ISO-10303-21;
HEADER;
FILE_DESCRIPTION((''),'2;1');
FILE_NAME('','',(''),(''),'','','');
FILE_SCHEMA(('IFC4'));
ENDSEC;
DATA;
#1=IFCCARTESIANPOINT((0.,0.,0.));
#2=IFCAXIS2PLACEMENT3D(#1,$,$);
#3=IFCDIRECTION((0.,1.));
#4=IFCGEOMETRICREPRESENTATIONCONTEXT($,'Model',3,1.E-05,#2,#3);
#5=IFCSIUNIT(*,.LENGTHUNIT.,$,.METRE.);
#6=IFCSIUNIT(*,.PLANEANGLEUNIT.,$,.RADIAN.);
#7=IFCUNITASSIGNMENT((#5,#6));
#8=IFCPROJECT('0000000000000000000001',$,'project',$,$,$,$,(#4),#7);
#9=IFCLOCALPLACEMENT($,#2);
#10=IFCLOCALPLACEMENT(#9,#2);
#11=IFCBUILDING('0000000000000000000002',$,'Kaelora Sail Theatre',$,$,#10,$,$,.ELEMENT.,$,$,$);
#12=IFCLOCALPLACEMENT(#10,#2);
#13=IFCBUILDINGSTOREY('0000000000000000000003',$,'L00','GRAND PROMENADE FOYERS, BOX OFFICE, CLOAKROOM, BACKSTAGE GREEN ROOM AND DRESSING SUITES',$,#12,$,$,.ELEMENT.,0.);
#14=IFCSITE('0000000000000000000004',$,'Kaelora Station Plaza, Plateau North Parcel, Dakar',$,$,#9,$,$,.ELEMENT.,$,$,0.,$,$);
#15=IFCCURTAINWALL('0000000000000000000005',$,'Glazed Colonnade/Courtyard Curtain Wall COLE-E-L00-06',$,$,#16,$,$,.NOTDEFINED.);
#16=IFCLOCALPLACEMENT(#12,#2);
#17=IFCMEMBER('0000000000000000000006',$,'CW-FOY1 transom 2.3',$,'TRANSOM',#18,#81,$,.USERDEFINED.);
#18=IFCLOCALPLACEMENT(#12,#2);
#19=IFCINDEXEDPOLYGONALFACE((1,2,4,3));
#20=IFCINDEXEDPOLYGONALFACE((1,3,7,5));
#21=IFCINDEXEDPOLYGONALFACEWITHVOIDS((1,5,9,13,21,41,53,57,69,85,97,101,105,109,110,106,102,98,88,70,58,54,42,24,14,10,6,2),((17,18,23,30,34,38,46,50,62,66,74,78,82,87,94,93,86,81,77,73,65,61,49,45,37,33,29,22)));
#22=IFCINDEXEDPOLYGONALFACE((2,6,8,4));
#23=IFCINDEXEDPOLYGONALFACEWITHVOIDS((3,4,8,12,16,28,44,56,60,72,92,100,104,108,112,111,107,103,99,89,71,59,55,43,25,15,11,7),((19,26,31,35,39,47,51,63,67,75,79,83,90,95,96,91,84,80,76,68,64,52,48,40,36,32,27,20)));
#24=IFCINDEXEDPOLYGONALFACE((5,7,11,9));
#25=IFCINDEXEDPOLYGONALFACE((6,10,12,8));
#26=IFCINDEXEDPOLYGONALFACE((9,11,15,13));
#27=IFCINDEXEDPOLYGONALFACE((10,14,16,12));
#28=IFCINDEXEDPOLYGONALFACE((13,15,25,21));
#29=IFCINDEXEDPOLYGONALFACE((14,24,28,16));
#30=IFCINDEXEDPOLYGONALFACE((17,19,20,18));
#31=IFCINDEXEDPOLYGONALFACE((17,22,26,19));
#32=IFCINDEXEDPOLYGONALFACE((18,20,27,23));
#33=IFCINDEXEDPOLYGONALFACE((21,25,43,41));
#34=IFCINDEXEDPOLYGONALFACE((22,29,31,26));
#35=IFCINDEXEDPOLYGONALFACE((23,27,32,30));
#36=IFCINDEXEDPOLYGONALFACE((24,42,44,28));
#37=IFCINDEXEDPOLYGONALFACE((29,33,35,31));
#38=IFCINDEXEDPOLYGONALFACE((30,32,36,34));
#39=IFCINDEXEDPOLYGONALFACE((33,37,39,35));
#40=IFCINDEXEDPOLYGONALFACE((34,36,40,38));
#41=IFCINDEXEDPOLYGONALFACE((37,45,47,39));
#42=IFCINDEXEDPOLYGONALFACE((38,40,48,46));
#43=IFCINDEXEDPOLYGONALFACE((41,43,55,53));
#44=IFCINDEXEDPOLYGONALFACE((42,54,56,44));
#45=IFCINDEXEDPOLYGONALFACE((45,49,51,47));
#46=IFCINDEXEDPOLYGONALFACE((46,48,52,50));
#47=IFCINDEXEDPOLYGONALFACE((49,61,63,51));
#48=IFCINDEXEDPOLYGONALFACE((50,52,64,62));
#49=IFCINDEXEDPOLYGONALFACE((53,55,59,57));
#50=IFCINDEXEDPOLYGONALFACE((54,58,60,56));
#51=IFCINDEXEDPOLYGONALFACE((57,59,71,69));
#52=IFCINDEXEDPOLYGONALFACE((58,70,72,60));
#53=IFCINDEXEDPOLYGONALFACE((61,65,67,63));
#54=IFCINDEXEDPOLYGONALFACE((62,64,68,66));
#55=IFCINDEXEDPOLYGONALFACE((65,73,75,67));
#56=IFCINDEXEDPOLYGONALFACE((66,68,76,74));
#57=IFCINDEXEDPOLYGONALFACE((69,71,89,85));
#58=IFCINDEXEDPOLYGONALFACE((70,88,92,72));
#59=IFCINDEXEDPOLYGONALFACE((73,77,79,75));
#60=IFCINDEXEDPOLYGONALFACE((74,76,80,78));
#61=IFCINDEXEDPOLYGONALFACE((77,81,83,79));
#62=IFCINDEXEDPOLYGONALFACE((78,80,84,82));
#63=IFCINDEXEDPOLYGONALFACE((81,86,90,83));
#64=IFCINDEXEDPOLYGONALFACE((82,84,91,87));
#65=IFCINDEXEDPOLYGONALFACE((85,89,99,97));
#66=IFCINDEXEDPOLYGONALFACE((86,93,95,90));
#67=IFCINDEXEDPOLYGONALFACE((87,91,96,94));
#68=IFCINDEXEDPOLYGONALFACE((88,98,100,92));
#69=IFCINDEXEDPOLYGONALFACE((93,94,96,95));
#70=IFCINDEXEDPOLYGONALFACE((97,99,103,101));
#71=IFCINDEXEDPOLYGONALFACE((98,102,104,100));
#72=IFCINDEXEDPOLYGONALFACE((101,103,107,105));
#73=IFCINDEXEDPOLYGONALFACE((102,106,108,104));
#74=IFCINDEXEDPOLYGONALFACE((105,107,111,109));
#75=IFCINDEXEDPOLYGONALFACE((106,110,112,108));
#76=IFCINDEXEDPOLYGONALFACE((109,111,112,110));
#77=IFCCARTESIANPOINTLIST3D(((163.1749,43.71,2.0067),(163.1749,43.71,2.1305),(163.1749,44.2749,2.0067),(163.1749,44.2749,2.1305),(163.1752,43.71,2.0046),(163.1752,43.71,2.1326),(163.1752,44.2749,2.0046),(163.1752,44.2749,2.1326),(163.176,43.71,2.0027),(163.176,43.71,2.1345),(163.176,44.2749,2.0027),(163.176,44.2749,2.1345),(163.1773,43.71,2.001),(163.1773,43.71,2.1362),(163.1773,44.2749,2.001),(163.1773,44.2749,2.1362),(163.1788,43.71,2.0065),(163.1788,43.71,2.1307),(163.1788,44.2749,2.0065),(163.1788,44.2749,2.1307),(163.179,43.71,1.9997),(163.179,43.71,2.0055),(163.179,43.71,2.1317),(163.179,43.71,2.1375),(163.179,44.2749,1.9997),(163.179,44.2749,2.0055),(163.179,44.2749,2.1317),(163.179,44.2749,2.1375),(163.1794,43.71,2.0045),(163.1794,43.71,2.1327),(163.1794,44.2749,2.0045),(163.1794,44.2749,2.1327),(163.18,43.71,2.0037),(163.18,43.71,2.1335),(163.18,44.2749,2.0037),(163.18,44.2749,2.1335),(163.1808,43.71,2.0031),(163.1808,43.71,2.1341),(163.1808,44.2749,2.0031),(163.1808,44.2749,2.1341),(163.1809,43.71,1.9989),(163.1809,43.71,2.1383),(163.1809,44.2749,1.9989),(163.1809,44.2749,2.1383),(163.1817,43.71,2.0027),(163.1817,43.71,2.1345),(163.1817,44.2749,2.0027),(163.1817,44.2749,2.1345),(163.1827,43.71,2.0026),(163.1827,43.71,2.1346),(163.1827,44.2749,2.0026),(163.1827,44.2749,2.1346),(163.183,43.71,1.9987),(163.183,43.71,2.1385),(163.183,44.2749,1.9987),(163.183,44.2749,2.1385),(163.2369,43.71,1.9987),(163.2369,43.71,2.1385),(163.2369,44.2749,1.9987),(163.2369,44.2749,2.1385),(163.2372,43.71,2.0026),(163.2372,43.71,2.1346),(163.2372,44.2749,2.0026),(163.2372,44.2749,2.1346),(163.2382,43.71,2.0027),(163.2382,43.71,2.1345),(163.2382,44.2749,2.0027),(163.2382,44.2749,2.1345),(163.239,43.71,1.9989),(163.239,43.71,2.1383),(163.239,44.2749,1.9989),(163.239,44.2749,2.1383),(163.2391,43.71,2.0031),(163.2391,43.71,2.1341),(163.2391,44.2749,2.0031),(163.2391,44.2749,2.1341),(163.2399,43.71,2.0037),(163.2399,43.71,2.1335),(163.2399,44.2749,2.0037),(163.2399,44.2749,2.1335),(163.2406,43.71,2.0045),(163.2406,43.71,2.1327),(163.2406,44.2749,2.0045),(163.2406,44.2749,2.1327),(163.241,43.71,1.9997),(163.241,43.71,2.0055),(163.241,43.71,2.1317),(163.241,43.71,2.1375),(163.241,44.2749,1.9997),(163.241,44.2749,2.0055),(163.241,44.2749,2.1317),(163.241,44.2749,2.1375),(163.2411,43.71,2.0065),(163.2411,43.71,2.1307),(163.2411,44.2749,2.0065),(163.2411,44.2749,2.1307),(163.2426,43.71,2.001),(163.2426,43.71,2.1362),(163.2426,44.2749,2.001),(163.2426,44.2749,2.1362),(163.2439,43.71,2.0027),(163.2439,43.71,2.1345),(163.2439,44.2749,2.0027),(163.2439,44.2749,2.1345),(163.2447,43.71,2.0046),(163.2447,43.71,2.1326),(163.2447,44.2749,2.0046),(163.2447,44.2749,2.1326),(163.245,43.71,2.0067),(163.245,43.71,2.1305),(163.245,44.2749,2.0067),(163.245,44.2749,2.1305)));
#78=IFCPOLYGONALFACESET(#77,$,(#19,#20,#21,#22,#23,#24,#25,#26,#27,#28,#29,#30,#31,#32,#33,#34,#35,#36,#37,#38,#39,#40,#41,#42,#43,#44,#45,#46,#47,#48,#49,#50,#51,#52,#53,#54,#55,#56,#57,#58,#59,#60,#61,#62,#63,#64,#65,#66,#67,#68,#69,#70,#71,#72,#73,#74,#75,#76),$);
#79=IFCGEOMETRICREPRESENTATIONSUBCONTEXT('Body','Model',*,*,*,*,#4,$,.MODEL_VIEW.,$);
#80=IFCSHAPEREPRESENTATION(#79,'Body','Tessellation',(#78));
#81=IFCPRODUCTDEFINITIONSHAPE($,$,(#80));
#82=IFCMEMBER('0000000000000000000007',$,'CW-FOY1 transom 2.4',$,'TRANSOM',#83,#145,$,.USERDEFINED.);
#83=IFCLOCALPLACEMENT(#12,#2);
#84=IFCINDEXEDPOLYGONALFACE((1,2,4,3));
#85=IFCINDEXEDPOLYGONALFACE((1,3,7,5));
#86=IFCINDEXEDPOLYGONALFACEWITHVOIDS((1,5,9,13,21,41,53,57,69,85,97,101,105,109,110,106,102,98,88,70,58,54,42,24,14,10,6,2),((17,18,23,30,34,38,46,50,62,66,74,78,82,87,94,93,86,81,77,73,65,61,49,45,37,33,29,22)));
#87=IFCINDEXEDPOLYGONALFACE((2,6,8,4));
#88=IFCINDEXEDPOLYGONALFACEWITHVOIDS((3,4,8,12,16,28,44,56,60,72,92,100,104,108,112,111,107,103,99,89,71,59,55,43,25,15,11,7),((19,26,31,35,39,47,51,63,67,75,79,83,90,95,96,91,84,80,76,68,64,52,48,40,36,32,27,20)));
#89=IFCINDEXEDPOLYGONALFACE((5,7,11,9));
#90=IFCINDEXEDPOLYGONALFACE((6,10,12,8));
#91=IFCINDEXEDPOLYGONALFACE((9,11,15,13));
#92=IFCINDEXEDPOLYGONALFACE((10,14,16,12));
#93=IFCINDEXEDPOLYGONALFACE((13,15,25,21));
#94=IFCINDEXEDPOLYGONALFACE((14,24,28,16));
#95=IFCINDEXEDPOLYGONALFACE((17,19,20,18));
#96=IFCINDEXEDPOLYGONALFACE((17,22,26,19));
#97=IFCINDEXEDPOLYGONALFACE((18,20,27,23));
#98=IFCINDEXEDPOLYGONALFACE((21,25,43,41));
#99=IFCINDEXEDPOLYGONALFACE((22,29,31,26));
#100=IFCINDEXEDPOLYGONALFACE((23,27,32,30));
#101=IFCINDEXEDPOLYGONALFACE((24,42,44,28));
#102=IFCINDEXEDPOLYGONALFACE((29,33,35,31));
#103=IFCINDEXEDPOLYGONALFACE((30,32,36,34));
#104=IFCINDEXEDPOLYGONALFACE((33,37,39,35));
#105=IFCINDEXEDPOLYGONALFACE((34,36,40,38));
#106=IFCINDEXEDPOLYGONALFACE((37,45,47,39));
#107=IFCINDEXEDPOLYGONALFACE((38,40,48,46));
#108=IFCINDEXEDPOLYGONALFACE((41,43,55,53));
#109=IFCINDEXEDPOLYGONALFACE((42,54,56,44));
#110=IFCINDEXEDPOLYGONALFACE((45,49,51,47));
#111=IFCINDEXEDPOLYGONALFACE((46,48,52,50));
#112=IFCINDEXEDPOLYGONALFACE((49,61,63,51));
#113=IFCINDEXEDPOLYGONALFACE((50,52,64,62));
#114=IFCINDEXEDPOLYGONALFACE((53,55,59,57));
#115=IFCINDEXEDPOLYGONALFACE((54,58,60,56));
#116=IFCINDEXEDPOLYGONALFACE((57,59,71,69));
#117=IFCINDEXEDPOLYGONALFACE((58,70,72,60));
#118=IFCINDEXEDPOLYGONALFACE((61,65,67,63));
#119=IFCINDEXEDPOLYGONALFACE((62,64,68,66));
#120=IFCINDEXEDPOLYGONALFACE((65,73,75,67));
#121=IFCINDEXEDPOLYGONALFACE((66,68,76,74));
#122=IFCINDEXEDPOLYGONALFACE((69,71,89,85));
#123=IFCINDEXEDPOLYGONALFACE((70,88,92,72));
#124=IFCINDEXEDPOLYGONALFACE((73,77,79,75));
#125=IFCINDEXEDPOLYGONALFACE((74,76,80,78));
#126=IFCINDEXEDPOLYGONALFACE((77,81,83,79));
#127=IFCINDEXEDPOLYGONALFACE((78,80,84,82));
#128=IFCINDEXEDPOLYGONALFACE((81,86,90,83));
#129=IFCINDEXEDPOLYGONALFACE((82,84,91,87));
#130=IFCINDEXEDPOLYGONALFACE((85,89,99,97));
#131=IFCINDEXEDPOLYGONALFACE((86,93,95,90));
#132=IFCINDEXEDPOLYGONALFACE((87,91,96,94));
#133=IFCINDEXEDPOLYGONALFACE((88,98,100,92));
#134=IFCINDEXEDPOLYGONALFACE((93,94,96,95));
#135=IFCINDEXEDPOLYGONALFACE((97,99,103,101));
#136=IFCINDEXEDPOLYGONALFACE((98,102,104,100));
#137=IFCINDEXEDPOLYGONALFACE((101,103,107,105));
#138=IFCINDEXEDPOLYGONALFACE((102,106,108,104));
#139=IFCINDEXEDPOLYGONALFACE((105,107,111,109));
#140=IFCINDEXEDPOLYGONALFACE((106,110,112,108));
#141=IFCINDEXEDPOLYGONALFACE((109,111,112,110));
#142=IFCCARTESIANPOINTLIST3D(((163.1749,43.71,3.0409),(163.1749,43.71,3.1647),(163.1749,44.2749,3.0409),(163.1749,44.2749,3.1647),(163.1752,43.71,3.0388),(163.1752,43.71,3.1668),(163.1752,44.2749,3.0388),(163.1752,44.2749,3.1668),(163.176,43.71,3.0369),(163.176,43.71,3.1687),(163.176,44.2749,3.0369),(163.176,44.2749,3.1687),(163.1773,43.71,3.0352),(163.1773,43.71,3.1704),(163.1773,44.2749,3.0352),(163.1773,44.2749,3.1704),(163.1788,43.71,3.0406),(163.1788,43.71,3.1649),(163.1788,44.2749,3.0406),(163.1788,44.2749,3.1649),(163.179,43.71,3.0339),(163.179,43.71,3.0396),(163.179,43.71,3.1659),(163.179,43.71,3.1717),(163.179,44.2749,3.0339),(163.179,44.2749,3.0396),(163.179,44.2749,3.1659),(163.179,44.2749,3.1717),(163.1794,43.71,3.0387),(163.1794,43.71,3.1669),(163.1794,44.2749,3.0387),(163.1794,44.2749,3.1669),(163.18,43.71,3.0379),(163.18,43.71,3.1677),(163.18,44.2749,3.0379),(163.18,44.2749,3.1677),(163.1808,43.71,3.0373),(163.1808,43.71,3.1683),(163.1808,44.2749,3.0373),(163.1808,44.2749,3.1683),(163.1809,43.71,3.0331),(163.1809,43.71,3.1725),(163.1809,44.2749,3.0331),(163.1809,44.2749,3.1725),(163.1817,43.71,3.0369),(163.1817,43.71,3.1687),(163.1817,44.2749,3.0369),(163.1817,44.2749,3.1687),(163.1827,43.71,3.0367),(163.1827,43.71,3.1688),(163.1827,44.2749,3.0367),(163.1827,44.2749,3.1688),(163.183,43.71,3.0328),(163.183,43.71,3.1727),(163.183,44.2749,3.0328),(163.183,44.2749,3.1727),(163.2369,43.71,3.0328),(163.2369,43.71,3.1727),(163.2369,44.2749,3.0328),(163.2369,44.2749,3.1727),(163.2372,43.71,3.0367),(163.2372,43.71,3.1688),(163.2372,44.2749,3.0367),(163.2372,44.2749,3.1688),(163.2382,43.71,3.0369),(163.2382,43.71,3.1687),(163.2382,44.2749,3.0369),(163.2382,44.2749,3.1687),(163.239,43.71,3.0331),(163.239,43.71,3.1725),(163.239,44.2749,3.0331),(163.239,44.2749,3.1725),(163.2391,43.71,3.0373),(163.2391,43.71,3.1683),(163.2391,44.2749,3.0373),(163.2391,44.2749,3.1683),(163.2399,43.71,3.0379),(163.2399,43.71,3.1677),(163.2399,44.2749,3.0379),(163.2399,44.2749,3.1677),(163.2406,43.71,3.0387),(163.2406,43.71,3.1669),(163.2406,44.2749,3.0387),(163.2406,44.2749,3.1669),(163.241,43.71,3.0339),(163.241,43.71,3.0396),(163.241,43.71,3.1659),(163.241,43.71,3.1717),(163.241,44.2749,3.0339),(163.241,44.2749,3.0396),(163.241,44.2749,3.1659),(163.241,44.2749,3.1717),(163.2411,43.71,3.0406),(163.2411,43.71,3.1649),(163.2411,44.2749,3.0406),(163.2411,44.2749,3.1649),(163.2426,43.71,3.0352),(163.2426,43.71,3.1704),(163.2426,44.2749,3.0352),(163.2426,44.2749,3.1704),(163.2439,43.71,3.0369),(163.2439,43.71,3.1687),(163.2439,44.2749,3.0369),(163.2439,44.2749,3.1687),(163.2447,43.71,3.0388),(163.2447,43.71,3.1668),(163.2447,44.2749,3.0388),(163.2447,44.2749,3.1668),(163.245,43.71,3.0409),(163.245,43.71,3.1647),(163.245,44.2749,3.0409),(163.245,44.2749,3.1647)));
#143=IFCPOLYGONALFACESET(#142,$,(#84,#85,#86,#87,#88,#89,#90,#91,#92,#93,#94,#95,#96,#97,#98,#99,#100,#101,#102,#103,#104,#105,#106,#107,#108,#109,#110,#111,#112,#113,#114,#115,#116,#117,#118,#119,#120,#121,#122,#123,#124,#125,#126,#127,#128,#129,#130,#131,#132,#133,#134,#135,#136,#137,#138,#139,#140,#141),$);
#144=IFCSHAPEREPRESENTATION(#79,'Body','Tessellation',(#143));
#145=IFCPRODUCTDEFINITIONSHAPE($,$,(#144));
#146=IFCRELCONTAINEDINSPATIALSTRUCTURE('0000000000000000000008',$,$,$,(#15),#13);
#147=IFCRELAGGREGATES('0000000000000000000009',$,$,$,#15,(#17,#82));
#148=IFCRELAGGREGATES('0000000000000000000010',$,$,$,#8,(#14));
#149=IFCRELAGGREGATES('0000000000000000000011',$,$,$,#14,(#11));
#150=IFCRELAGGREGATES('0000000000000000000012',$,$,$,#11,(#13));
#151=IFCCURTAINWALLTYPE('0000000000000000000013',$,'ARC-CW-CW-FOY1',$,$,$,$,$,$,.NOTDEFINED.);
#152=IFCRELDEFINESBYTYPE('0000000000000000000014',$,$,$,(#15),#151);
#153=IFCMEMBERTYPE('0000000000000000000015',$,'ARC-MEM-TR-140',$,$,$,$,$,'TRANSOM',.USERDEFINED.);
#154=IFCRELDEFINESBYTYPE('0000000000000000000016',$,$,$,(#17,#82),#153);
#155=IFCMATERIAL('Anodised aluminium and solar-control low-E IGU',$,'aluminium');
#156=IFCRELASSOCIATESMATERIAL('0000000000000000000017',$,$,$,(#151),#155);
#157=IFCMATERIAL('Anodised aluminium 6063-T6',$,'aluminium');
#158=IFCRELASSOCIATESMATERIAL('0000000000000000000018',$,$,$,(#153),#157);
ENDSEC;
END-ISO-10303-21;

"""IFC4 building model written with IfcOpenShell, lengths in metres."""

from ifc_helpers import new_model, si_unit, direction, frame, origin, origin_2d, place, context, subcontext, project, spatial, hollow_rectangle, extrude, material, material_profile, profile_set, type_object, element, aggregate, save


model = new_model("IFC4")

# Units and contexts
model_context = context("Model", 3, precision=1e-05, world=origin(), true_north=direction((0.0, 1.0)))
body_context = subcontext(model_context, "Body", "Model", "MODEL_VIEW")
ifc_project = project(units=[si_unit("LENGTHUNIT", "METRE"), si_unit("PLANEANGLEUNIT", "RADIAN")], contexts=[model_context])

# Site, building, storey
site_placement = place(None, origin())
site = spatial("IfcSite", under=ifc_project, at=site_placement, Name="Kaelora Station Plaza, Plateau North Parcel, Dakar", CompositionType="ELEMENT", RefElevation=0.0)
building_placement = place(site_placement, origin())
building = spatial("IfcBuilding", under=site, at=building_placement, Name="Kaelora Sail Theatre", CompositionType="ELEMENT")
storey_placement = place(building_placement, origin())
storey = spatial("IfcBuildingStorey", under=building, at=storey_placement, Name="L00", Description="GRAND PROMENADE FOYERS, BOX OFFICE, CLOAKROOM, BACKSTAGE GREEN ROOM AND DRESSING SUITES", CompositionType="ELEMENT", Elevation=0.0)

# Curtain wall, members
ifc_material_1 = material(Name="Anodised aluminium and solar-control low-E IGU", Category="aluminium")
curtain_wall_type = type_object("IfcCurtainWallType", Name="ARC-CW-CW-FOY1", PredefinedType="NOTDEFINED", material=ifc_material_1)
curtain_wall_1_placement = place(storey_placement, origin())
curtain_wall_1 = element("IfcCurtainWall", 1, at=curtain_wall_1_placement, inside=storey, type_object=curtain_wall_type, Name="Glazed Colonnade/Courtyard Curtain Wall COLE-E-L00-06", PredefinedType="NOTDEFINED")
ifc_material_2 = material(Name="Anodised aluminium 6063-T6", Category="aluminium")
ifc_material_profile = material_profile(ifc_material_2, hollow_rectangle(XDim=0.0701, YDim=0.1399, WallThickness=0.0039, InnerFilletRadius=0.0039, OuterFilletRadius=0.0081, at=origin_2d()), Name="ALU-TRAN 70x140x4")
ifc_profile_set = profile_set([ifc_material_profile], Name="Anodised aluminium 6063-T6")
member_type = type_object("IfcMemberType", Name="ARC-MEM-TR-140", ElementType="TRANSOM", PredefinedType="USERDEFINED", material=ifc_profile_set)
member_1_placement = place(storey_placement, frame((163.21, 43.71, 2.0686), z_axis=(0.0, 1.0, 0.0), x_axis=(-1.0, 0.0, 0.0)))
member_1 = element("IfcMember", 2, at=member_1_placement, type_object=member_type, Name="CW-FOY1 transom 2.3", ObjectType="TRANSOM", PredefinedType="USERDEFINED", context=body_context, shape_type="SweptSolid", body=[
    extrude(hollow_rectangle(XDim=0.0701, YDim=0.1399, WallThickness=0.0039, InnerFilletRadius=0.0039, OuterFilletRadius=0.0081, at=origin_2d()), origin(), (0.0, 0.0, 1.0), 0.5649),
])
member_2_placement = place(storey_placement, frame((163.21, 43.71, 3.1028), z_axis=(0.0, 1.0, 0.0), x_axis=(-1.0, 0.0, 0.0)))
member_2 = element("IfcMember", 3, at=member_2_placement, type_object=member_type, Name="CW-FOY1 transom 2.4", ObjectType="TRANSOM", PredefinedType="USERDEFINED", context=body_context, shape_type="SweptSolid", body=[
    extrude(hollow_rectangle(XDim=0.0701, YDim=0.1399, WallThickness=0.0039, InnerFilletRadius=0.0039, OuterFilletRadius=0.0081, at=origin_2d()), origin(), (0.0, 0.0, 1.0), 0.5649),
])

aggregate(curtain_wall_1, [member_1, member_2])

save(model, "model.ifc")
